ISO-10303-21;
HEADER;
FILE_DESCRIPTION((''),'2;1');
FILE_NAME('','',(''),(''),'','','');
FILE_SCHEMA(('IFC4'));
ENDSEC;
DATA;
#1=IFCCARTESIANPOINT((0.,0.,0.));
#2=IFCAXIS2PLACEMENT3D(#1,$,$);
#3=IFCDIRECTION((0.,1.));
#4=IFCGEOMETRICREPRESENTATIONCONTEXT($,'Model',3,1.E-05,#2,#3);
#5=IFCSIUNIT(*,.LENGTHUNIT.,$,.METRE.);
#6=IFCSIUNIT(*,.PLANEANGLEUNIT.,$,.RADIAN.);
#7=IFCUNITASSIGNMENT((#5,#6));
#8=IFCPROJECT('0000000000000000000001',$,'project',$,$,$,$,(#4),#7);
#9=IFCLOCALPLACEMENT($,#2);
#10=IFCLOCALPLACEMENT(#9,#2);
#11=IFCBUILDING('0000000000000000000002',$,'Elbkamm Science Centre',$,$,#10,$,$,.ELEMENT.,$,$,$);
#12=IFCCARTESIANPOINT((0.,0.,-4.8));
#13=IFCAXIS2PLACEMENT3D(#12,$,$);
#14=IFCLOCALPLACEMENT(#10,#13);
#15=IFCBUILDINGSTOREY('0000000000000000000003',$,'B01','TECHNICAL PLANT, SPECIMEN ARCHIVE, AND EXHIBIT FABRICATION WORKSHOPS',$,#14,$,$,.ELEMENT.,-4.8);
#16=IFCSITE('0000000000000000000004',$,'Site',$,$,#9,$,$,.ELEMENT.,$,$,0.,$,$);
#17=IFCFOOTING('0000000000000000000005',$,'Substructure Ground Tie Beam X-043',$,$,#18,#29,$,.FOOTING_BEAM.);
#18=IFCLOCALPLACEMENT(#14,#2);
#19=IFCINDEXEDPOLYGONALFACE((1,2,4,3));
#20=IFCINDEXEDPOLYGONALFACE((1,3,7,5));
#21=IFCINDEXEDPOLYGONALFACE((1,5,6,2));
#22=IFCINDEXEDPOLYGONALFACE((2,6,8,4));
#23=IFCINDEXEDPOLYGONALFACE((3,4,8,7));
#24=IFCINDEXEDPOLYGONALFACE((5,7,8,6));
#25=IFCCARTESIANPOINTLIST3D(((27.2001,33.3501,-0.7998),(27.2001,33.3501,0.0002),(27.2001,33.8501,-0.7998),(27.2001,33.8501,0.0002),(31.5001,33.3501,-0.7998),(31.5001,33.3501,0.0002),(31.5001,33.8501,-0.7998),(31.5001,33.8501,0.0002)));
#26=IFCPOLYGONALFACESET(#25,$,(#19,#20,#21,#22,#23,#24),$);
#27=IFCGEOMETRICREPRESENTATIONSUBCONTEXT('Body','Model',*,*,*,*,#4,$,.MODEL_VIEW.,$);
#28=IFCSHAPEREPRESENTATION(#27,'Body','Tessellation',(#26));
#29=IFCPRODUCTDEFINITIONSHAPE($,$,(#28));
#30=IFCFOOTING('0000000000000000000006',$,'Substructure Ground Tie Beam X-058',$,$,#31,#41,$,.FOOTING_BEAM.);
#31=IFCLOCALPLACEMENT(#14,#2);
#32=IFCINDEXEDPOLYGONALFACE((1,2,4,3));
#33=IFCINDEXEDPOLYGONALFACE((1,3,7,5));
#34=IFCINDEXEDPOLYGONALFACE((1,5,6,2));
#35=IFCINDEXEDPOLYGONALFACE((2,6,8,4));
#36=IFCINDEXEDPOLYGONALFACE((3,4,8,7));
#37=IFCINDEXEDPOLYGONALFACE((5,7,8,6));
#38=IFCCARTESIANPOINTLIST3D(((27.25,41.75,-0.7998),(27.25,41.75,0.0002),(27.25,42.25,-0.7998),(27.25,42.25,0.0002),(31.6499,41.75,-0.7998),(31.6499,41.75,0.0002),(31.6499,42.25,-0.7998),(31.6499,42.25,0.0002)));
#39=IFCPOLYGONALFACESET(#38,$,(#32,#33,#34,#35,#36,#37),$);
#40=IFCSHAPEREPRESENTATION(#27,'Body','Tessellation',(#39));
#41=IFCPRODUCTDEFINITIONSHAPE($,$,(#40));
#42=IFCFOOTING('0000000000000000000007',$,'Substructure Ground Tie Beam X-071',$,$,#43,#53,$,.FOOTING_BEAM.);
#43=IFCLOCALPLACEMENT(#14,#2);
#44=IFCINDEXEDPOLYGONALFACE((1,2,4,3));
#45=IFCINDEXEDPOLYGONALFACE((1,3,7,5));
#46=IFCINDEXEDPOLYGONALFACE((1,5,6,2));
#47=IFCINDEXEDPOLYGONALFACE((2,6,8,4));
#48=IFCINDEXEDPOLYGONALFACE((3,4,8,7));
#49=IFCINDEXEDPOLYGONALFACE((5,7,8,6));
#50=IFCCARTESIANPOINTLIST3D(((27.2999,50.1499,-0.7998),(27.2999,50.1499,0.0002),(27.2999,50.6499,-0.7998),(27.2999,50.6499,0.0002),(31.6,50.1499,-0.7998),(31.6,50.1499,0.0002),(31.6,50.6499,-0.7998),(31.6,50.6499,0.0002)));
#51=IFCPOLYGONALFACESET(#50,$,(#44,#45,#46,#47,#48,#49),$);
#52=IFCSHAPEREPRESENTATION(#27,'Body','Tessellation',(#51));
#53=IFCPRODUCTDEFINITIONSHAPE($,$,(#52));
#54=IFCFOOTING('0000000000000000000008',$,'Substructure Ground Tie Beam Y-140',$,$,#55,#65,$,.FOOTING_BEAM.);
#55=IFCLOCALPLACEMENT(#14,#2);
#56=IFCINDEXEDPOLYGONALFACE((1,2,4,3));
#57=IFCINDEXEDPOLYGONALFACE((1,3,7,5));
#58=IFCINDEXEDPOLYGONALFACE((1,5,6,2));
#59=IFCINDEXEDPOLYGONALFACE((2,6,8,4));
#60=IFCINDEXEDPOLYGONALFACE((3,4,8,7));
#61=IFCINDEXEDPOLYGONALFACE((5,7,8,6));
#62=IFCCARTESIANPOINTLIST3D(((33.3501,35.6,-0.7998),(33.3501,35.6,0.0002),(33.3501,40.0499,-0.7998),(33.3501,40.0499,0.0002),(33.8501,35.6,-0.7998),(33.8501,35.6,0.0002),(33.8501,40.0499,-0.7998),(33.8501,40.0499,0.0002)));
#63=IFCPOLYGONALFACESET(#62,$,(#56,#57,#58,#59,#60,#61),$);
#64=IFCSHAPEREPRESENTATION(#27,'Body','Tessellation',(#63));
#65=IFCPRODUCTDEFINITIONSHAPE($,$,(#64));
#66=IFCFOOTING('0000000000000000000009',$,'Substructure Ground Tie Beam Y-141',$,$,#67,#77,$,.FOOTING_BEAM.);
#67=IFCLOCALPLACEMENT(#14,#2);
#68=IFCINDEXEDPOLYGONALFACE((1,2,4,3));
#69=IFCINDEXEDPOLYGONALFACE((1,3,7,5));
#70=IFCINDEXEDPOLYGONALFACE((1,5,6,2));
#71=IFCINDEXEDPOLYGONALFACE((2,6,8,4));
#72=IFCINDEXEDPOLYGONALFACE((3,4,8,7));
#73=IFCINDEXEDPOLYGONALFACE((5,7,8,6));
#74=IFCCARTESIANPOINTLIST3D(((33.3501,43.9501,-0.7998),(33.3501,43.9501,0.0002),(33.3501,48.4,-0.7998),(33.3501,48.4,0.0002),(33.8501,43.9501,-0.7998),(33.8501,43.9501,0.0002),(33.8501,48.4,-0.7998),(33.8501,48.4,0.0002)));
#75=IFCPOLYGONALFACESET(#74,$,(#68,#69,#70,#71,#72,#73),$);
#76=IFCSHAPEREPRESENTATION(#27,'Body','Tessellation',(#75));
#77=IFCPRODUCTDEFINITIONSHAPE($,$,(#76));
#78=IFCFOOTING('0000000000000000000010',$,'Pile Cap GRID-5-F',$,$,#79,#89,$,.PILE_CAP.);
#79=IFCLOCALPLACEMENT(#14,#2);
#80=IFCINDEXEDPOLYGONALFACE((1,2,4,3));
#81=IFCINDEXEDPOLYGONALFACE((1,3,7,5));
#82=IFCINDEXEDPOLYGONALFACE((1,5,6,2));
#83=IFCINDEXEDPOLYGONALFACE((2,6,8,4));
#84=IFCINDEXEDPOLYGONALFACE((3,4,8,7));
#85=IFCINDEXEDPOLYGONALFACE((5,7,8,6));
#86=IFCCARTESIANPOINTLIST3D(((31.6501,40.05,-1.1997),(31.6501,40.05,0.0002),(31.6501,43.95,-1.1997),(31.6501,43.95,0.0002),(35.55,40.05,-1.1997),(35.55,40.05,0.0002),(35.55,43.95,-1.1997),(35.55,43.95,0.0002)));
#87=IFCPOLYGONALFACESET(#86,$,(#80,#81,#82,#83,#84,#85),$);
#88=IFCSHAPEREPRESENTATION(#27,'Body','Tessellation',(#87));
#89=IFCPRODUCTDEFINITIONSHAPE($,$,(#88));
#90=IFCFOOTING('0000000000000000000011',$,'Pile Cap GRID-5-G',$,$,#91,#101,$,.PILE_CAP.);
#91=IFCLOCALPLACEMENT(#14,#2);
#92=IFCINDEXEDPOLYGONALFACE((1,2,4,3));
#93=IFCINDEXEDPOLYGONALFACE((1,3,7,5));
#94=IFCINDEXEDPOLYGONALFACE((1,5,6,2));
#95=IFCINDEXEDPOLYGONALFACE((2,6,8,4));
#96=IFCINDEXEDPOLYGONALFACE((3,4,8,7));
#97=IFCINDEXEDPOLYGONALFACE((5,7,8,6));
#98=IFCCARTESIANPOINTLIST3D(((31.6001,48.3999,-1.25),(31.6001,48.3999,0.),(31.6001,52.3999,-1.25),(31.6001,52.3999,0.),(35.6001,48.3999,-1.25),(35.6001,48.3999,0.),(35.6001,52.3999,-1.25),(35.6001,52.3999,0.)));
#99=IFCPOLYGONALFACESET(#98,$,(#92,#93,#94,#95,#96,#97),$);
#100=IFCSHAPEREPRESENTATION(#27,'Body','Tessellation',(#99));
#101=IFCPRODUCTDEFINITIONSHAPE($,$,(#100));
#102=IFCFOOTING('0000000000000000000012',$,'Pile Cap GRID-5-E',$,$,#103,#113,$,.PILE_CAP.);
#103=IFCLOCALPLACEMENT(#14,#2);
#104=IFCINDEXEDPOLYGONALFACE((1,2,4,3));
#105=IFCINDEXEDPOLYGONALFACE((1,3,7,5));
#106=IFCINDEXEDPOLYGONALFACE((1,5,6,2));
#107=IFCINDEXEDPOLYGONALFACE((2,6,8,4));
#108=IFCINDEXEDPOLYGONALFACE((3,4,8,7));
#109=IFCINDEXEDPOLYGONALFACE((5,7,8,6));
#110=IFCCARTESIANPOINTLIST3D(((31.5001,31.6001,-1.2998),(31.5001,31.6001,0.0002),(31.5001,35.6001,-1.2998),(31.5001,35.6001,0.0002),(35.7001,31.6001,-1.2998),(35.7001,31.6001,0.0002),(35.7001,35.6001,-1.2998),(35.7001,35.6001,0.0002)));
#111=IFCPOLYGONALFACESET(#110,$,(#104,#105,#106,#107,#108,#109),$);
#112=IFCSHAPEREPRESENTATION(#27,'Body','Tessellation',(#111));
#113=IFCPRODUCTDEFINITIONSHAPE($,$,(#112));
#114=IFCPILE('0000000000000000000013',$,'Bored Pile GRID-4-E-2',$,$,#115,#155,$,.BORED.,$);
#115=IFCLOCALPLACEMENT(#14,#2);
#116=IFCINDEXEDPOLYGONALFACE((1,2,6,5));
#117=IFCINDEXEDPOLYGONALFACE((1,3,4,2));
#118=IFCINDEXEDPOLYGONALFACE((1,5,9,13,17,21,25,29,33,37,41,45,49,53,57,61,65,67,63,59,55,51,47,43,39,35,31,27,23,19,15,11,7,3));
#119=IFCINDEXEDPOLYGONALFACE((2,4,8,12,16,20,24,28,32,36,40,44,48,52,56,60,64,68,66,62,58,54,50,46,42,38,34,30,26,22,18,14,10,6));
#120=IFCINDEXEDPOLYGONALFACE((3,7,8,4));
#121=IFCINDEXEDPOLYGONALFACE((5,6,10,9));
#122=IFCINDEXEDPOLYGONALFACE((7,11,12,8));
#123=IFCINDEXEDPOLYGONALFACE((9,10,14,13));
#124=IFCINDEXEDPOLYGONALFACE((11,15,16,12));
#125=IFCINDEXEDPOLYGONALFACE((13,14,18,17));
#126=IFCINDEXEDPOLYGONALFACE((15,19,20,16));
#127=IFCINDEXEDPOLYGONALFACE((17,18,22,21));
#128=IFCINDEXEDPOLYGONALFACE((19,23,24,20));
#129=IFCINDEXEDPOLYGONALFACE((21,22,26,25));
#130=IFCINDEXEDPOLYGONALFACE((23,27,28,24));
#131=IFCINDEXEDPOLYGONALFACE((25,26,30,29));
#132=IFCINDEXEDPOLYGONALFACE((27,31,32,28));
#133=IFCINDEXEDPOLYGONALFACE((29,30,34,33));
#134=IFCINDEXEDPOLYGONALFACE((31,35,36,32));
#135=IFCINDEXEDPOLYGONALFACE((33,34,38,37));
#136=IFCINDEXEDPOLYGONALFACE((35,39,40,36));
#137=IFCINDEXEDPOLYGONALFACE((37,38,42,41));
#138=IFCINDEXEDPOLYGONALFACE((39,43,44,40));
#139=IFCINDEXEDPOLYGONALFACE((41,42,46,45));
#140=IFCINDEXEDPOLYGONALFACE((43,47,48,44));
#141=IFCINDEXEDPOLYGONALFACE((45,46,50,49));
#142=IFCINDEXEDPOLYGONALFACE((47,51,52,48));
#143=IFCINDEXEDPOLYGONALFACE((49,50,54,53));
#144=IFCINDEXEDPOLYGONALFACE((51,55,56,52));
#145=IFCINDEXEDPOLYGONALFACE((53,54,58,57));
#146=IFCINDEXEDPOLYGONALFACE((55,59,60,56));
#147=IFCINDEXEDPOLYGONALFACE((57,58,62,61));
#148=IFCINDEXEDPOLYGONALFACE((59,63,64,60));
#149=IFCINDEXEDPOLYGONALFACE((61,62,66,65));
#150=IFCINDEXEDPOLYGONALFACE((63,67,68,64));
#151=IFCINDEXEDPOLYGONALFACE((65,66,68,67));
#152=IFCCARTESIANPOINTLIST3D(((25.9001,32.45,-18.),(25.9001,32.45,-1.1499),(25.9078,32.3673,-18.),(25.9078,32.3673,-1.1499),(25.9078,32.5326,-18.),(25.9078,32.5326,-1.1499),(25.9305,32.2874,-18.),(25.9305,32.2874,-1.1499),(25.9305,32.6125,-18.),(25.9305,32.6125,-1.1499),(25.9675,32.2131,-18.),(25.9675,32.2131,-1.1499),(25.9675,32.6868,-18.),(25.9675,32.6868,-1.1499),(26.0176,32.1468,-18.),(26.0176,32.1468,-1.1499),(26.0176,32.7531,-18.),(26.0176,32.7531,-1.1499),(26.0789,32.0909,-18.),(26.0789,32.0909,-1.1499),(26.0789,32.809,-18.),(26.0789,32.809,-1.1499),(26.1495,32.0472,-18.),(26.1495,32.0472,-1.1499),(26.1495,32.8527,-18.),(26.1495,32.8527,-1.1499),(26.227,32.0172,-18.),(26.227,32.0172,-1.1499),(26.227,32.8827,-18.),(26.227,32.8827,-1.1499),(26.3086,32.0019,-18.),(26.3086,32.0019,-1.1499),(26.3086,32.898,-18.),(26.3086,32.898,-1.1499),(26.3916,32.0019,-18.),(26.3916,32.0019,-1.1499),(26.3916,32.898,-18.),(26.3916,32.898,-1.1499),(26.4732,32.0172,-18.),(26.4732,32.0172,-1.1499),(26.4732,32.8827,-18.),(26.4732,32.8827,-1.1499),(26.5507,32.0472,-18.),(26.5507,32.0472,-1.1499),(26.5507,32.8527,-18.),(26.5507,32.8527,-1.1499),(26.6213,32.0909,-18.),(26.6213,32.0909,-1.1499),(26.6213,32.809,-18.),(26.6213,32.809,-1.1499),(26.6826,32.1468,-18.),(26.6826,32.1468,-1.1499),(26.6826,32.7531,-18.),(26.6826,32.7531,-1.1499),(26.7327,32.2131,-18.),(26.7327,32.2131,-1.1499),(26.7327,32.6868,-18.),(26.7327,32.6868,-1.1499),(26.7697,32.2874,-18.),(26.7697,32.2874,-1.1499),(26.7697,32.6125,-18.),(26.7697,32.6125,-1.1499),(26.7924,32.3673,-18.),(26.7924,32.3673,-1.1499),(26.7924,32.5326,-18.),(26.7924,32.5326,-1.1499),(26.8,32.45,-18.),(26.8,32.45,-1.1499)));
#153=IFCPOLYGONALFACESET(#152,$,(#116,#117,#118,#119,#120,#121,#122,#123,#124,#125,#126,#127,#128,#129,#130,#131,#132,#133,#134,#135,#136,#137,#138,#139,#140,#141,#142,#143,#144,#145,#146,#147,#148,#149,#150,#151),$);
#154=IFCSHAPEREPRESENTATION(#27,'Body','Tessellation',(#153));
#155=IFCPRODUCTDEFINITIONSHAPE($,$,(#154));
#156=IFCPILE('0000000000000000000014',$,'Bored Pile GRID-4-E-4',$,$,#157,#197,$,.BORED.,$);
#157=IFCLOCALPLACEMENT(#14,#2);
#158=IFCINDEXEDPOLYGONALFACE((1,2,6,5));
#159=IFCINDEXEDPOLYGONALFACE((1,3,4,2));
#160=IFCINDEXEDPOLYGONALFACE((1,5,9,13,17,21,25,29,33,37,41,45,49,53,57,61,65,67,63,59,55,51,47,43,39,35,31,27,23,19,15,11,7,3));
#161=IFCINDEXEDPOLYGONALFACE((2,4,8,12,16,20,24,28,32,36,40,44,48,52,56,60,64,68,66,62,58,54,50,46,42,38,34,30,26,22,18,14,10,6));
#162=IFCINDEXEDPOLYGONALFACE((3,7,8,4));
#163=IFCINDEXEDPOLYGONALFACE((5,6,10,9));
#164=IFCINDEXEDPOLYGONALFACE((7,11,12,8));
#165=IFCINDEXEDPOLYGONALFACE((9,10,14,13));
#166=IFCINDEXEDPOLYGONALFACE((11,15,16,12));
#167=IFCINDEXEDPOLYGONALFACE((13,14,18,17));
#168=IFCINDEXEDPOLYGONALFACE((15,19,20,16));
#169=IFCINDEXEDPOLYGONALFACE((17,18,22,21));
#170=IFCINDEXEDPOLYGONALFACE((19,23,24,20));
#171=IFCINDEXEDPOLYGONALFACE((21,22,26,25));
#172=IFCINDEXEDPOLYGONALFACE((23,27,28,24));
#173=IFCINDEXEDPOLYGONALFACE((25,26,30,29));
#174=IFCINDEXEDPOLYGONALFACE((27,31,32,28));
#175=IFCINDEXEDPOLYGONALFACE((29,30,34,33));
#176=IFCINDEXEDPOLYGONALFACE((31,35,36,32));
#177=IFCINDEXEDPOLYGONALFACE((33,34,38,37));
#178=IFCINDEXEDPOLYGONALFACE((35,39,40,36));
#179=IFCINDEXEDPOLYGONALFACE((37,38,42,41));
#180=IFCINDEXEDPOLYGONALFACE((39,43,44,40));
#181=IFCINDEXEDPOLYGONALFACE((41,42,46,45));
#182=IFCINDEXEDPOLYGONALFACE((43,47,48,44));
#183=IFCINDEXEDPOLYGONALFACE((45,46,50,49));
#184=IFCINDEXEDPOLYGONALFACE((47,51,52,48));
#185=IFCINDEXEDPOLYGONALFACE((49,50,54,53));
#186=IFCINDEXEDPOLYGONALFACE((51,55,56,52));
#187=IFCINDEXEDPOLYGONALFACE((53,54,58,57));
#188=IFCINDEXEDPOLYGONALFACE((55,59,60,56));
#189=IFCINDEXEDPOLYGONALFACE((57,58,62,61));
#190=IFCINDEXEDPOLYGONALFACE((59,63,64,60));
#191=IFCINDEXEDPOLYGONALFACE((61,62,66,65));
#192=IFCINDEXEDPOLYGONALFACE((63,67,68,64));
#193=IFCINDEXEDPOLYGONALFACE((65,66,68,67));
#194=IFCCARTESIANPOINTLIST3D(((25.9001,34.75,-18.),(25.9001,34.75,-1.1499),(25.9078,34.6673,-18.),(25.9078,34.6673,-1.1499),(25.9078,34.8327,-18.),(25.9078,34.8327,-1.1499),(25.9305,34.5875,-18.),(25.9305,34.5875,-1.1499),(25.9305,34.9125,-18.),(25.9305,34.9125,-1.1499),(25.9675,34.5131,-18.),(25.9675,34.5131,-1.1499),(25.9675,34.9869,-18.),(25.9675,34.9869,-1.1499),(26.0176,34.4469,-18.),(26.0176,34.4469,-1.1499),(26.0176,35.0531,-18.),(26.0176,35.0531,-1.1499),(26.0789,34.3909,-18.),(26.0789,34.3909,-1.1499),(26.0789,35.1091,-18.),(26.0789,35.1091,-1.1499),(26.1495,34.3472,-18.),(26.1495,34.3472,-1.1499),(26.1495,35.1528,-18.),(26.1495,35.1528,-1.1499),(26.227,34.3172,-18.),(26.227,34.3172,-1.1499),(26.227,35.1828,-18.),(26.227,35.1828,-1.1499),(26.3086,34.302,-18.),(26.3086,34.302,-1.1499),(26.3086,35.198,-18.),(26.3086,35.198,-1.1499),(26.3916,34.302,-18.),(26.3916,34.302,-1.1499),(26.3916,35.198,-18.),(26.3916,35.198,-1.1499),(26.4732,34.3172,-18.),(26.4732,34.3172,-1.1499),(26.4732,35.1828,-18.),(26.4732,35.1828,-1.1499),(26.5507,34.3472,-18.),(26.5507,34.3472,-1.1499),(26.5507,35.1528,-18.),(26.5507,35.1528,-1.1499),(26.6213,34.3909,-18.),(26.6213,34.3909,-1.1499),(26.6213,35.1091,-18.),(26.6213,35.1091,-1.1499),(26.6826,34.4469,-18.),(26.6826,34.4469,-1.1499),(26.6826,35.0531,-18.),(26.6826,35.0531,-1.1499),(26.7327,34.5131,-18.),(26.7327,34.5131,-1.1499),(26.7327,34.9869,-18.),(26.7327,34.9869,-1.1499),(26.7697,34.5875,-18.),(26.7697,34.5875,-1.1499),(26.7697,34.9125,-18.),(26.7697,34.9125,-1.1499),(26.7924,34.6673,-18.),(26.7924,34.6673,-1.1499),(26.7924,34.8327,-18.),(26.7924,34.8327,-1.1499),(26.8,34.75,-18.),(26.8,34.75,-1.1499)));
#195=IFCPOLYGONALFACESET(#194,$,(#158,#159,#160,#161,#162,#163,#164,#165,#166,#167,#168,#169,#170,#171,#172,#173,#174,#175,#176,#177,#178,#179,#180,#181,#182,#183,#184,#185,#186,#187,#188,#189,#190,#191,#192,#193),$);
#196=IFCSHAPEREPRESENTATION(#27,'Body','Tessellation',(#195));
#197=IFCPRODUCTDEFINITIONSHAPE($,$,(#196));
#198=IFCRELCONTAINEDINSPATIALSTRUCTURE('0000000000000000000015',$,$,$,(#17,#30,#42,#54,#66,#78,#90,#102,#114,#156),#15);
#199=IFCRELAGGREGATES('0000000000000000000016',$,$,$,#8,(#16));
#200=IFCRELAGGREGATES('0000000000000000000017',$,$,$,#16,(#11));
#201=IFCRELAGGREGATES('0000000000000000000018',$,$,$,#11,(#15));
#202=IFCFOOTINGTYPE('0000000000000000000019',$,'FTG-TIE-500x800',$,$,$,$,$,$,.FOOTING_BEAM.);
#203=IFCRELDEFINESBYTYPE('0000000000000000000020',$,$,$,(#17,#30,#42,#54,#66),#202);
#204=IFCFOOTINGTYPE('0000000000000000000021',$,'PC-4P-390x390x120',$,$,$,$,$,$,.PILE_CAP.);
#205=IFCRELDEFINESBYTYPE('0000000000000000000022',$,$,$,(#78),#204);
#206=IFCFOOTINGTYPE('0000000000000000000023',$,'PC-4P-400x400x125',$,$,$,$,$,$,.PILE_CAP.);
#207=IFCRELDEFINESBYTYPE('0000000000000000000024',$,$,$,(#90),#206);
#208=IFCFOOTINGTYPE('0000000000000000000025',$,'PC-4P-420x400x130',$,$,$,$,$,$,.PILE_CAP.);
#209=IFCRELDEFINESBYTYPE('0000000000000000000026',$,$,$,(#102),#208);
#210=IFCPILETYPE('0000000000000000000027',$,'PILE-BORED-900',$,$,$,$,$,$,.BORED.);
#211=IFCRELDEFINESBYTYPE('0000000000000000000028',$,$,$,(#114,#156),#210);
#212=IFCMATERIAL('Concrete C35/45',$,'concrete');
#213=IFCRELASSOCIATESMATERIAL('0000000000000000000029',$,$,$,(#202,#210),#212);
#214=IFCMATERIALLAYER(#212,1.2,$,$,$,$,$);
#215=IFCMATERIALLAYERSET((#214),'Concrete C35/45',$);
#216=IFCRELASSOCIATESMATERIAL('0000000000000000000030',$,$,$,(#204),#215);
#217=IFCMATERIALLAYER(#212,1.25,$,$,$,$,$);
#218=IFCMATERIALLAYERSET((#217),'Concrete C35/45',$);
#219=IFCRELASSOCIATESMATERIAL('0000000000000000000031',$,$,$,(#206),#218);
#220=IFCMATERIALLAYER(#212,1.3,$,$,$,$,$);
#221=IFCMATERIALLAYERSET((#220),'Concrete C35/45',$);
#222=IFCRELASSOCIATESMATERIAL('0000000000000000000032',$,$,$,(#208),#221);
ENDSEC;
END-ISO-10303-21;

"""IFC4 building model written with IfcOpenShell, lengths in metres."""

from ifc_helpers import new_model, si_unit, direction, frame, origin, origin_2d, place, context, subcontext, project, spatial, rectangle, circle, extrude, material, layer, layer_set, material_profile, profile_set, type_object, element, save


model = new_model("IFC4")

# Units and contexts
model_context = context("Model", 3, precision=1e-05, world=origin(), true_north=direction((0.0, 1.0)))
body_context = subcontext(model_context, "Body", "Model", "MODEL_VIEW")
ifc_project = project(units=[si_unit("LENGTHUNIT", "METRE"), si_unit("PLANEANGLEUNIT", "RADIAN")], contexts=[model_context])

# Site, building, storey
site_placement = place(None, origin())
site = spatial("IfcSite", under=ifc_project, at=site_placement, Name="Site", CompositionType="ELEMENT", RefElevation=0.0)
building_placement = place(site_placement, origin())
building = spatial("IfcBuilding", under=site, at=building_placement, Name="Elbkamm Science Centre", CompositionType="ELEMENT")
storey_placement = place(building_placement, frame((0.0, 0.0, -4.8)))
storey = spatial("IfcBuildingStorey", under=building, at=storey_placement, Name="B01", Description="TECHNICAL PLANT, SPECIMEN ARCHIVE, AND EXHIBIT FABRICATION WORKSHOPS", CompositionType="ELEMENT", Elevation=-4.8)

# Footings
ifc_material_1 = material(Name="Concrete C35/45", Category="concrete")
footing_type_1 = type_object("IfcFootingType", Name="FTG-TIE-500x800", PredefinedType="FOOTING_BEAM", material=ifc_material_1)
footing_1_placement = place(storey_placement, frame((29.3501, 33.6001, -0.7998), z_axis=(0.0, 0.0, 1.0), x_axis=(1.0, 0.0, 0.0)))
element("IfcFooting", 1, at=footing_1_placement, inside=storey, type_object=footing_type_1, Name="Substructure Ground Tie Beam X-043", PredefinedType="FOOTING_BEAM", context=body_context, shape_type="SweptSolid", body=[
    extrude(rectangle(XDim=4.3, YDim=0.5, at=origin_2d()), origin(), (0.0, 0.0, 1.0), 0.8),
])
footing_2_placement = place(storey_placement, frame((29.45, 42.0, -0.7998), z_axis=(0.0, 0.0, 1.0), x_axis=(1.0, 0.0, 0.0)))
element("IfcFooting", 2, at=footing_2_placement, inside=storey, type_object=footing_type_1, Name="Substructure Ground Tie Beam X-058", PredefinedType="FOOTING_BEAM", context=body_context, shape_type="SweptSolid", body=[
    extrude(rectangle(XDim=4.3999, YDim=0.5, at=origin_2d()), origin(), (0.0, 0.0, 1.0), 0.8),
])
footing_3_placement = place(storey_placement, frame((29.45, 50.3999, -0.7998), z_axis=(0.0, 0.0, 1.0), x_axis=(1.0, 0.0, 0.0)))
element("IfcFooting", 3, at=footing_3_placement, inside=storey, type_object=footing_type_1, Name="Substructure Ground Tie Beam X-071", PredefinedType="FOOTING_BEAM", context=body_context, shape_type="SweptSolid", body=[
    extrude(rectangle(XDim=4.3, YDim=0.5, at=origin_2d()), origin(), (0.0, 0.0, 1.0), 0.8),
])
for number, where, z_axis, x_axis, name in (
    (4, (33.6001, 37.825, -0.7998), (0.0, 0.0, 1.0), (1.0, 0.0, 0.0), "Substructure Ground Tie Beam Y-140"),
    (5, (33.6001, 46.175, -0.7998), (0.0, 0.0, 1.0), (1.0, 0.0, 0.0), "Substructure Ground Tie Beam Y-141"),
):
    element("IfcFooting", number, at=place(storey_placement, frame(where, z_axis=z_axis, x_axis=x_axis)), inside=storey, type_object=footing_type_1, Name=name, PredefinedType="FOOTING_BEAM", context=body_context, shape_type="SweptSolid", body=[
        extrude(rectangle(XDim=0.5, YDim=4.45, at=origin_2d()), origin(), (0.0, 0.0, 1.0), 0.8),
    ])
ifc_layer_1 = layer(ifc_material_1, 1.2)
ifc_layer_set_1 = layer_set([ifc_layer_1], Name="Concrete C35/45")
footing_type_2 = type_object("IfcFootingType", Name="PC-4P-390x390x120", PredefinedType="PILE_CAP", material=ifc_layer_set_1)
footing_4_placement = place(storey_placement, frame((33.6001, 42.0, -1.1997), z_axis=(0.0, 0.0, 1.0), x_axis=(1.0, 0.0, 0.0)))
element("IfcFooting", 6, at=footing_4_placement, inside=storey, type_object=footing_type_2, Name="Pile Cap GRID-5-F", PredefinedType="PILE_CAP", context=body_context, shape_type="SweptSolid", body=[
    extrude(rectangle(XDim=3.8999, YDim=3.8999, at=origin_2d()), origin(), (0.0, 0.0, 1.0), 1.2),
])
ifc_layer_2 = layer(ifc_material_1, 1.25)
ifc_layer_set_2 = layer_set([ifc_layer_2], Name="Concrete C35/45")
footing_type_3 = type_object("IfcFootingType", Name="PC-4P-400x400x125", PredefinedType="PILE_CAP", material=ifc_layer_set_2)
footing_5_placement = place(storey_placement, frame((33.6001, 50.3999, -1.25), z_axis=(0.0, 0.0, 1.0), x_axis=(1.0, 0.0, 0.0)))
element("IfcFooting", 7, at=footing_5_placement, inside=storey, type_object=footing_type_3, Name="Pile Cap GRID-5-G", PredefinedType="PILE_CAP", context=body_context, shape_type="SweptSolid", body=[
    extrude(rectangle(XDim=4.0, YDim=4.0, at=origin_2d()), origin(), (0.0, 0.0, 1.0), 1.25),
])
ifc_layer_3 = layer(ifc_material_1, 1.3)
ifc_layer_set_3 = layer_set([ifc_layer_3], Name="Concrete C35/45")
footing_type_4 = type_object("IfcFootingType", Name="PC-4P-420x400x130", PredefinedType="PILE_CAP", material=ifc_layer_set_3)
footing_6_placement = place(storey_placement, frame((33.6001, 33.6001, -1.2998), z_axis=(0.0, 0.0, 1.0), x_axis=(1.0, 0.0, 0.0)))
element("IfcFooting", 8, at=footing_6_placement, inside=storey, type_object=footing_type_4, Name="Pile Cap GRID-5-E", PredefinedType="PILE_CAP", context=body_context, shape_type="SweptSolid", body=[
    extrude(rectangle(XDim=4.2, YDim=4.0, at=origin_2d()), origin(), (0.0, 0.0, 1.0), 1.3),
])

# Piles
ifc_material_profile_1 = material_profile(ifc_material_1, circle(Radius=0.45, at=origin_2d()), Name="PILE D900")
ifc_profile_set_1 = profile_set([ifc_material_profile_1], Name="Concrete C35/45")
pile_type = type_object("IfcPileType", Name="PILE-BORED-900", PredefinedType="BORED", material=ifc_profile_set_1)
for number, where, z_axis, x_axis, name in (
    (9, (26.3501, 32.45, -1.1499), (0.0, 0.0, -1.0), (1.0, 0.0, 0.0), "Bored Pile GRID-4-E-2"),
    (10, (26.3501, 34.75, -1.1499), (0.0, 0.0, -1.0), (1.0, 0.0, 0.0), "Bored Pile GRID-4-E-4"),
):
    element("IfcPile", number, at=place(storey_placement, frame(where, z_axis=z_axis, x_axis=x_axis)), inside=storey, type_object=pile_type, Name=name, PredefinedType="BORED", context=body_context, shape_type="SweptSolid", body=[
        extrude(circle(Radius=0.45, at=origin_2d()), origin(), (0.0, 0.0, 1.0), 16.8501),
    ])

save(model, "model.ifc")
